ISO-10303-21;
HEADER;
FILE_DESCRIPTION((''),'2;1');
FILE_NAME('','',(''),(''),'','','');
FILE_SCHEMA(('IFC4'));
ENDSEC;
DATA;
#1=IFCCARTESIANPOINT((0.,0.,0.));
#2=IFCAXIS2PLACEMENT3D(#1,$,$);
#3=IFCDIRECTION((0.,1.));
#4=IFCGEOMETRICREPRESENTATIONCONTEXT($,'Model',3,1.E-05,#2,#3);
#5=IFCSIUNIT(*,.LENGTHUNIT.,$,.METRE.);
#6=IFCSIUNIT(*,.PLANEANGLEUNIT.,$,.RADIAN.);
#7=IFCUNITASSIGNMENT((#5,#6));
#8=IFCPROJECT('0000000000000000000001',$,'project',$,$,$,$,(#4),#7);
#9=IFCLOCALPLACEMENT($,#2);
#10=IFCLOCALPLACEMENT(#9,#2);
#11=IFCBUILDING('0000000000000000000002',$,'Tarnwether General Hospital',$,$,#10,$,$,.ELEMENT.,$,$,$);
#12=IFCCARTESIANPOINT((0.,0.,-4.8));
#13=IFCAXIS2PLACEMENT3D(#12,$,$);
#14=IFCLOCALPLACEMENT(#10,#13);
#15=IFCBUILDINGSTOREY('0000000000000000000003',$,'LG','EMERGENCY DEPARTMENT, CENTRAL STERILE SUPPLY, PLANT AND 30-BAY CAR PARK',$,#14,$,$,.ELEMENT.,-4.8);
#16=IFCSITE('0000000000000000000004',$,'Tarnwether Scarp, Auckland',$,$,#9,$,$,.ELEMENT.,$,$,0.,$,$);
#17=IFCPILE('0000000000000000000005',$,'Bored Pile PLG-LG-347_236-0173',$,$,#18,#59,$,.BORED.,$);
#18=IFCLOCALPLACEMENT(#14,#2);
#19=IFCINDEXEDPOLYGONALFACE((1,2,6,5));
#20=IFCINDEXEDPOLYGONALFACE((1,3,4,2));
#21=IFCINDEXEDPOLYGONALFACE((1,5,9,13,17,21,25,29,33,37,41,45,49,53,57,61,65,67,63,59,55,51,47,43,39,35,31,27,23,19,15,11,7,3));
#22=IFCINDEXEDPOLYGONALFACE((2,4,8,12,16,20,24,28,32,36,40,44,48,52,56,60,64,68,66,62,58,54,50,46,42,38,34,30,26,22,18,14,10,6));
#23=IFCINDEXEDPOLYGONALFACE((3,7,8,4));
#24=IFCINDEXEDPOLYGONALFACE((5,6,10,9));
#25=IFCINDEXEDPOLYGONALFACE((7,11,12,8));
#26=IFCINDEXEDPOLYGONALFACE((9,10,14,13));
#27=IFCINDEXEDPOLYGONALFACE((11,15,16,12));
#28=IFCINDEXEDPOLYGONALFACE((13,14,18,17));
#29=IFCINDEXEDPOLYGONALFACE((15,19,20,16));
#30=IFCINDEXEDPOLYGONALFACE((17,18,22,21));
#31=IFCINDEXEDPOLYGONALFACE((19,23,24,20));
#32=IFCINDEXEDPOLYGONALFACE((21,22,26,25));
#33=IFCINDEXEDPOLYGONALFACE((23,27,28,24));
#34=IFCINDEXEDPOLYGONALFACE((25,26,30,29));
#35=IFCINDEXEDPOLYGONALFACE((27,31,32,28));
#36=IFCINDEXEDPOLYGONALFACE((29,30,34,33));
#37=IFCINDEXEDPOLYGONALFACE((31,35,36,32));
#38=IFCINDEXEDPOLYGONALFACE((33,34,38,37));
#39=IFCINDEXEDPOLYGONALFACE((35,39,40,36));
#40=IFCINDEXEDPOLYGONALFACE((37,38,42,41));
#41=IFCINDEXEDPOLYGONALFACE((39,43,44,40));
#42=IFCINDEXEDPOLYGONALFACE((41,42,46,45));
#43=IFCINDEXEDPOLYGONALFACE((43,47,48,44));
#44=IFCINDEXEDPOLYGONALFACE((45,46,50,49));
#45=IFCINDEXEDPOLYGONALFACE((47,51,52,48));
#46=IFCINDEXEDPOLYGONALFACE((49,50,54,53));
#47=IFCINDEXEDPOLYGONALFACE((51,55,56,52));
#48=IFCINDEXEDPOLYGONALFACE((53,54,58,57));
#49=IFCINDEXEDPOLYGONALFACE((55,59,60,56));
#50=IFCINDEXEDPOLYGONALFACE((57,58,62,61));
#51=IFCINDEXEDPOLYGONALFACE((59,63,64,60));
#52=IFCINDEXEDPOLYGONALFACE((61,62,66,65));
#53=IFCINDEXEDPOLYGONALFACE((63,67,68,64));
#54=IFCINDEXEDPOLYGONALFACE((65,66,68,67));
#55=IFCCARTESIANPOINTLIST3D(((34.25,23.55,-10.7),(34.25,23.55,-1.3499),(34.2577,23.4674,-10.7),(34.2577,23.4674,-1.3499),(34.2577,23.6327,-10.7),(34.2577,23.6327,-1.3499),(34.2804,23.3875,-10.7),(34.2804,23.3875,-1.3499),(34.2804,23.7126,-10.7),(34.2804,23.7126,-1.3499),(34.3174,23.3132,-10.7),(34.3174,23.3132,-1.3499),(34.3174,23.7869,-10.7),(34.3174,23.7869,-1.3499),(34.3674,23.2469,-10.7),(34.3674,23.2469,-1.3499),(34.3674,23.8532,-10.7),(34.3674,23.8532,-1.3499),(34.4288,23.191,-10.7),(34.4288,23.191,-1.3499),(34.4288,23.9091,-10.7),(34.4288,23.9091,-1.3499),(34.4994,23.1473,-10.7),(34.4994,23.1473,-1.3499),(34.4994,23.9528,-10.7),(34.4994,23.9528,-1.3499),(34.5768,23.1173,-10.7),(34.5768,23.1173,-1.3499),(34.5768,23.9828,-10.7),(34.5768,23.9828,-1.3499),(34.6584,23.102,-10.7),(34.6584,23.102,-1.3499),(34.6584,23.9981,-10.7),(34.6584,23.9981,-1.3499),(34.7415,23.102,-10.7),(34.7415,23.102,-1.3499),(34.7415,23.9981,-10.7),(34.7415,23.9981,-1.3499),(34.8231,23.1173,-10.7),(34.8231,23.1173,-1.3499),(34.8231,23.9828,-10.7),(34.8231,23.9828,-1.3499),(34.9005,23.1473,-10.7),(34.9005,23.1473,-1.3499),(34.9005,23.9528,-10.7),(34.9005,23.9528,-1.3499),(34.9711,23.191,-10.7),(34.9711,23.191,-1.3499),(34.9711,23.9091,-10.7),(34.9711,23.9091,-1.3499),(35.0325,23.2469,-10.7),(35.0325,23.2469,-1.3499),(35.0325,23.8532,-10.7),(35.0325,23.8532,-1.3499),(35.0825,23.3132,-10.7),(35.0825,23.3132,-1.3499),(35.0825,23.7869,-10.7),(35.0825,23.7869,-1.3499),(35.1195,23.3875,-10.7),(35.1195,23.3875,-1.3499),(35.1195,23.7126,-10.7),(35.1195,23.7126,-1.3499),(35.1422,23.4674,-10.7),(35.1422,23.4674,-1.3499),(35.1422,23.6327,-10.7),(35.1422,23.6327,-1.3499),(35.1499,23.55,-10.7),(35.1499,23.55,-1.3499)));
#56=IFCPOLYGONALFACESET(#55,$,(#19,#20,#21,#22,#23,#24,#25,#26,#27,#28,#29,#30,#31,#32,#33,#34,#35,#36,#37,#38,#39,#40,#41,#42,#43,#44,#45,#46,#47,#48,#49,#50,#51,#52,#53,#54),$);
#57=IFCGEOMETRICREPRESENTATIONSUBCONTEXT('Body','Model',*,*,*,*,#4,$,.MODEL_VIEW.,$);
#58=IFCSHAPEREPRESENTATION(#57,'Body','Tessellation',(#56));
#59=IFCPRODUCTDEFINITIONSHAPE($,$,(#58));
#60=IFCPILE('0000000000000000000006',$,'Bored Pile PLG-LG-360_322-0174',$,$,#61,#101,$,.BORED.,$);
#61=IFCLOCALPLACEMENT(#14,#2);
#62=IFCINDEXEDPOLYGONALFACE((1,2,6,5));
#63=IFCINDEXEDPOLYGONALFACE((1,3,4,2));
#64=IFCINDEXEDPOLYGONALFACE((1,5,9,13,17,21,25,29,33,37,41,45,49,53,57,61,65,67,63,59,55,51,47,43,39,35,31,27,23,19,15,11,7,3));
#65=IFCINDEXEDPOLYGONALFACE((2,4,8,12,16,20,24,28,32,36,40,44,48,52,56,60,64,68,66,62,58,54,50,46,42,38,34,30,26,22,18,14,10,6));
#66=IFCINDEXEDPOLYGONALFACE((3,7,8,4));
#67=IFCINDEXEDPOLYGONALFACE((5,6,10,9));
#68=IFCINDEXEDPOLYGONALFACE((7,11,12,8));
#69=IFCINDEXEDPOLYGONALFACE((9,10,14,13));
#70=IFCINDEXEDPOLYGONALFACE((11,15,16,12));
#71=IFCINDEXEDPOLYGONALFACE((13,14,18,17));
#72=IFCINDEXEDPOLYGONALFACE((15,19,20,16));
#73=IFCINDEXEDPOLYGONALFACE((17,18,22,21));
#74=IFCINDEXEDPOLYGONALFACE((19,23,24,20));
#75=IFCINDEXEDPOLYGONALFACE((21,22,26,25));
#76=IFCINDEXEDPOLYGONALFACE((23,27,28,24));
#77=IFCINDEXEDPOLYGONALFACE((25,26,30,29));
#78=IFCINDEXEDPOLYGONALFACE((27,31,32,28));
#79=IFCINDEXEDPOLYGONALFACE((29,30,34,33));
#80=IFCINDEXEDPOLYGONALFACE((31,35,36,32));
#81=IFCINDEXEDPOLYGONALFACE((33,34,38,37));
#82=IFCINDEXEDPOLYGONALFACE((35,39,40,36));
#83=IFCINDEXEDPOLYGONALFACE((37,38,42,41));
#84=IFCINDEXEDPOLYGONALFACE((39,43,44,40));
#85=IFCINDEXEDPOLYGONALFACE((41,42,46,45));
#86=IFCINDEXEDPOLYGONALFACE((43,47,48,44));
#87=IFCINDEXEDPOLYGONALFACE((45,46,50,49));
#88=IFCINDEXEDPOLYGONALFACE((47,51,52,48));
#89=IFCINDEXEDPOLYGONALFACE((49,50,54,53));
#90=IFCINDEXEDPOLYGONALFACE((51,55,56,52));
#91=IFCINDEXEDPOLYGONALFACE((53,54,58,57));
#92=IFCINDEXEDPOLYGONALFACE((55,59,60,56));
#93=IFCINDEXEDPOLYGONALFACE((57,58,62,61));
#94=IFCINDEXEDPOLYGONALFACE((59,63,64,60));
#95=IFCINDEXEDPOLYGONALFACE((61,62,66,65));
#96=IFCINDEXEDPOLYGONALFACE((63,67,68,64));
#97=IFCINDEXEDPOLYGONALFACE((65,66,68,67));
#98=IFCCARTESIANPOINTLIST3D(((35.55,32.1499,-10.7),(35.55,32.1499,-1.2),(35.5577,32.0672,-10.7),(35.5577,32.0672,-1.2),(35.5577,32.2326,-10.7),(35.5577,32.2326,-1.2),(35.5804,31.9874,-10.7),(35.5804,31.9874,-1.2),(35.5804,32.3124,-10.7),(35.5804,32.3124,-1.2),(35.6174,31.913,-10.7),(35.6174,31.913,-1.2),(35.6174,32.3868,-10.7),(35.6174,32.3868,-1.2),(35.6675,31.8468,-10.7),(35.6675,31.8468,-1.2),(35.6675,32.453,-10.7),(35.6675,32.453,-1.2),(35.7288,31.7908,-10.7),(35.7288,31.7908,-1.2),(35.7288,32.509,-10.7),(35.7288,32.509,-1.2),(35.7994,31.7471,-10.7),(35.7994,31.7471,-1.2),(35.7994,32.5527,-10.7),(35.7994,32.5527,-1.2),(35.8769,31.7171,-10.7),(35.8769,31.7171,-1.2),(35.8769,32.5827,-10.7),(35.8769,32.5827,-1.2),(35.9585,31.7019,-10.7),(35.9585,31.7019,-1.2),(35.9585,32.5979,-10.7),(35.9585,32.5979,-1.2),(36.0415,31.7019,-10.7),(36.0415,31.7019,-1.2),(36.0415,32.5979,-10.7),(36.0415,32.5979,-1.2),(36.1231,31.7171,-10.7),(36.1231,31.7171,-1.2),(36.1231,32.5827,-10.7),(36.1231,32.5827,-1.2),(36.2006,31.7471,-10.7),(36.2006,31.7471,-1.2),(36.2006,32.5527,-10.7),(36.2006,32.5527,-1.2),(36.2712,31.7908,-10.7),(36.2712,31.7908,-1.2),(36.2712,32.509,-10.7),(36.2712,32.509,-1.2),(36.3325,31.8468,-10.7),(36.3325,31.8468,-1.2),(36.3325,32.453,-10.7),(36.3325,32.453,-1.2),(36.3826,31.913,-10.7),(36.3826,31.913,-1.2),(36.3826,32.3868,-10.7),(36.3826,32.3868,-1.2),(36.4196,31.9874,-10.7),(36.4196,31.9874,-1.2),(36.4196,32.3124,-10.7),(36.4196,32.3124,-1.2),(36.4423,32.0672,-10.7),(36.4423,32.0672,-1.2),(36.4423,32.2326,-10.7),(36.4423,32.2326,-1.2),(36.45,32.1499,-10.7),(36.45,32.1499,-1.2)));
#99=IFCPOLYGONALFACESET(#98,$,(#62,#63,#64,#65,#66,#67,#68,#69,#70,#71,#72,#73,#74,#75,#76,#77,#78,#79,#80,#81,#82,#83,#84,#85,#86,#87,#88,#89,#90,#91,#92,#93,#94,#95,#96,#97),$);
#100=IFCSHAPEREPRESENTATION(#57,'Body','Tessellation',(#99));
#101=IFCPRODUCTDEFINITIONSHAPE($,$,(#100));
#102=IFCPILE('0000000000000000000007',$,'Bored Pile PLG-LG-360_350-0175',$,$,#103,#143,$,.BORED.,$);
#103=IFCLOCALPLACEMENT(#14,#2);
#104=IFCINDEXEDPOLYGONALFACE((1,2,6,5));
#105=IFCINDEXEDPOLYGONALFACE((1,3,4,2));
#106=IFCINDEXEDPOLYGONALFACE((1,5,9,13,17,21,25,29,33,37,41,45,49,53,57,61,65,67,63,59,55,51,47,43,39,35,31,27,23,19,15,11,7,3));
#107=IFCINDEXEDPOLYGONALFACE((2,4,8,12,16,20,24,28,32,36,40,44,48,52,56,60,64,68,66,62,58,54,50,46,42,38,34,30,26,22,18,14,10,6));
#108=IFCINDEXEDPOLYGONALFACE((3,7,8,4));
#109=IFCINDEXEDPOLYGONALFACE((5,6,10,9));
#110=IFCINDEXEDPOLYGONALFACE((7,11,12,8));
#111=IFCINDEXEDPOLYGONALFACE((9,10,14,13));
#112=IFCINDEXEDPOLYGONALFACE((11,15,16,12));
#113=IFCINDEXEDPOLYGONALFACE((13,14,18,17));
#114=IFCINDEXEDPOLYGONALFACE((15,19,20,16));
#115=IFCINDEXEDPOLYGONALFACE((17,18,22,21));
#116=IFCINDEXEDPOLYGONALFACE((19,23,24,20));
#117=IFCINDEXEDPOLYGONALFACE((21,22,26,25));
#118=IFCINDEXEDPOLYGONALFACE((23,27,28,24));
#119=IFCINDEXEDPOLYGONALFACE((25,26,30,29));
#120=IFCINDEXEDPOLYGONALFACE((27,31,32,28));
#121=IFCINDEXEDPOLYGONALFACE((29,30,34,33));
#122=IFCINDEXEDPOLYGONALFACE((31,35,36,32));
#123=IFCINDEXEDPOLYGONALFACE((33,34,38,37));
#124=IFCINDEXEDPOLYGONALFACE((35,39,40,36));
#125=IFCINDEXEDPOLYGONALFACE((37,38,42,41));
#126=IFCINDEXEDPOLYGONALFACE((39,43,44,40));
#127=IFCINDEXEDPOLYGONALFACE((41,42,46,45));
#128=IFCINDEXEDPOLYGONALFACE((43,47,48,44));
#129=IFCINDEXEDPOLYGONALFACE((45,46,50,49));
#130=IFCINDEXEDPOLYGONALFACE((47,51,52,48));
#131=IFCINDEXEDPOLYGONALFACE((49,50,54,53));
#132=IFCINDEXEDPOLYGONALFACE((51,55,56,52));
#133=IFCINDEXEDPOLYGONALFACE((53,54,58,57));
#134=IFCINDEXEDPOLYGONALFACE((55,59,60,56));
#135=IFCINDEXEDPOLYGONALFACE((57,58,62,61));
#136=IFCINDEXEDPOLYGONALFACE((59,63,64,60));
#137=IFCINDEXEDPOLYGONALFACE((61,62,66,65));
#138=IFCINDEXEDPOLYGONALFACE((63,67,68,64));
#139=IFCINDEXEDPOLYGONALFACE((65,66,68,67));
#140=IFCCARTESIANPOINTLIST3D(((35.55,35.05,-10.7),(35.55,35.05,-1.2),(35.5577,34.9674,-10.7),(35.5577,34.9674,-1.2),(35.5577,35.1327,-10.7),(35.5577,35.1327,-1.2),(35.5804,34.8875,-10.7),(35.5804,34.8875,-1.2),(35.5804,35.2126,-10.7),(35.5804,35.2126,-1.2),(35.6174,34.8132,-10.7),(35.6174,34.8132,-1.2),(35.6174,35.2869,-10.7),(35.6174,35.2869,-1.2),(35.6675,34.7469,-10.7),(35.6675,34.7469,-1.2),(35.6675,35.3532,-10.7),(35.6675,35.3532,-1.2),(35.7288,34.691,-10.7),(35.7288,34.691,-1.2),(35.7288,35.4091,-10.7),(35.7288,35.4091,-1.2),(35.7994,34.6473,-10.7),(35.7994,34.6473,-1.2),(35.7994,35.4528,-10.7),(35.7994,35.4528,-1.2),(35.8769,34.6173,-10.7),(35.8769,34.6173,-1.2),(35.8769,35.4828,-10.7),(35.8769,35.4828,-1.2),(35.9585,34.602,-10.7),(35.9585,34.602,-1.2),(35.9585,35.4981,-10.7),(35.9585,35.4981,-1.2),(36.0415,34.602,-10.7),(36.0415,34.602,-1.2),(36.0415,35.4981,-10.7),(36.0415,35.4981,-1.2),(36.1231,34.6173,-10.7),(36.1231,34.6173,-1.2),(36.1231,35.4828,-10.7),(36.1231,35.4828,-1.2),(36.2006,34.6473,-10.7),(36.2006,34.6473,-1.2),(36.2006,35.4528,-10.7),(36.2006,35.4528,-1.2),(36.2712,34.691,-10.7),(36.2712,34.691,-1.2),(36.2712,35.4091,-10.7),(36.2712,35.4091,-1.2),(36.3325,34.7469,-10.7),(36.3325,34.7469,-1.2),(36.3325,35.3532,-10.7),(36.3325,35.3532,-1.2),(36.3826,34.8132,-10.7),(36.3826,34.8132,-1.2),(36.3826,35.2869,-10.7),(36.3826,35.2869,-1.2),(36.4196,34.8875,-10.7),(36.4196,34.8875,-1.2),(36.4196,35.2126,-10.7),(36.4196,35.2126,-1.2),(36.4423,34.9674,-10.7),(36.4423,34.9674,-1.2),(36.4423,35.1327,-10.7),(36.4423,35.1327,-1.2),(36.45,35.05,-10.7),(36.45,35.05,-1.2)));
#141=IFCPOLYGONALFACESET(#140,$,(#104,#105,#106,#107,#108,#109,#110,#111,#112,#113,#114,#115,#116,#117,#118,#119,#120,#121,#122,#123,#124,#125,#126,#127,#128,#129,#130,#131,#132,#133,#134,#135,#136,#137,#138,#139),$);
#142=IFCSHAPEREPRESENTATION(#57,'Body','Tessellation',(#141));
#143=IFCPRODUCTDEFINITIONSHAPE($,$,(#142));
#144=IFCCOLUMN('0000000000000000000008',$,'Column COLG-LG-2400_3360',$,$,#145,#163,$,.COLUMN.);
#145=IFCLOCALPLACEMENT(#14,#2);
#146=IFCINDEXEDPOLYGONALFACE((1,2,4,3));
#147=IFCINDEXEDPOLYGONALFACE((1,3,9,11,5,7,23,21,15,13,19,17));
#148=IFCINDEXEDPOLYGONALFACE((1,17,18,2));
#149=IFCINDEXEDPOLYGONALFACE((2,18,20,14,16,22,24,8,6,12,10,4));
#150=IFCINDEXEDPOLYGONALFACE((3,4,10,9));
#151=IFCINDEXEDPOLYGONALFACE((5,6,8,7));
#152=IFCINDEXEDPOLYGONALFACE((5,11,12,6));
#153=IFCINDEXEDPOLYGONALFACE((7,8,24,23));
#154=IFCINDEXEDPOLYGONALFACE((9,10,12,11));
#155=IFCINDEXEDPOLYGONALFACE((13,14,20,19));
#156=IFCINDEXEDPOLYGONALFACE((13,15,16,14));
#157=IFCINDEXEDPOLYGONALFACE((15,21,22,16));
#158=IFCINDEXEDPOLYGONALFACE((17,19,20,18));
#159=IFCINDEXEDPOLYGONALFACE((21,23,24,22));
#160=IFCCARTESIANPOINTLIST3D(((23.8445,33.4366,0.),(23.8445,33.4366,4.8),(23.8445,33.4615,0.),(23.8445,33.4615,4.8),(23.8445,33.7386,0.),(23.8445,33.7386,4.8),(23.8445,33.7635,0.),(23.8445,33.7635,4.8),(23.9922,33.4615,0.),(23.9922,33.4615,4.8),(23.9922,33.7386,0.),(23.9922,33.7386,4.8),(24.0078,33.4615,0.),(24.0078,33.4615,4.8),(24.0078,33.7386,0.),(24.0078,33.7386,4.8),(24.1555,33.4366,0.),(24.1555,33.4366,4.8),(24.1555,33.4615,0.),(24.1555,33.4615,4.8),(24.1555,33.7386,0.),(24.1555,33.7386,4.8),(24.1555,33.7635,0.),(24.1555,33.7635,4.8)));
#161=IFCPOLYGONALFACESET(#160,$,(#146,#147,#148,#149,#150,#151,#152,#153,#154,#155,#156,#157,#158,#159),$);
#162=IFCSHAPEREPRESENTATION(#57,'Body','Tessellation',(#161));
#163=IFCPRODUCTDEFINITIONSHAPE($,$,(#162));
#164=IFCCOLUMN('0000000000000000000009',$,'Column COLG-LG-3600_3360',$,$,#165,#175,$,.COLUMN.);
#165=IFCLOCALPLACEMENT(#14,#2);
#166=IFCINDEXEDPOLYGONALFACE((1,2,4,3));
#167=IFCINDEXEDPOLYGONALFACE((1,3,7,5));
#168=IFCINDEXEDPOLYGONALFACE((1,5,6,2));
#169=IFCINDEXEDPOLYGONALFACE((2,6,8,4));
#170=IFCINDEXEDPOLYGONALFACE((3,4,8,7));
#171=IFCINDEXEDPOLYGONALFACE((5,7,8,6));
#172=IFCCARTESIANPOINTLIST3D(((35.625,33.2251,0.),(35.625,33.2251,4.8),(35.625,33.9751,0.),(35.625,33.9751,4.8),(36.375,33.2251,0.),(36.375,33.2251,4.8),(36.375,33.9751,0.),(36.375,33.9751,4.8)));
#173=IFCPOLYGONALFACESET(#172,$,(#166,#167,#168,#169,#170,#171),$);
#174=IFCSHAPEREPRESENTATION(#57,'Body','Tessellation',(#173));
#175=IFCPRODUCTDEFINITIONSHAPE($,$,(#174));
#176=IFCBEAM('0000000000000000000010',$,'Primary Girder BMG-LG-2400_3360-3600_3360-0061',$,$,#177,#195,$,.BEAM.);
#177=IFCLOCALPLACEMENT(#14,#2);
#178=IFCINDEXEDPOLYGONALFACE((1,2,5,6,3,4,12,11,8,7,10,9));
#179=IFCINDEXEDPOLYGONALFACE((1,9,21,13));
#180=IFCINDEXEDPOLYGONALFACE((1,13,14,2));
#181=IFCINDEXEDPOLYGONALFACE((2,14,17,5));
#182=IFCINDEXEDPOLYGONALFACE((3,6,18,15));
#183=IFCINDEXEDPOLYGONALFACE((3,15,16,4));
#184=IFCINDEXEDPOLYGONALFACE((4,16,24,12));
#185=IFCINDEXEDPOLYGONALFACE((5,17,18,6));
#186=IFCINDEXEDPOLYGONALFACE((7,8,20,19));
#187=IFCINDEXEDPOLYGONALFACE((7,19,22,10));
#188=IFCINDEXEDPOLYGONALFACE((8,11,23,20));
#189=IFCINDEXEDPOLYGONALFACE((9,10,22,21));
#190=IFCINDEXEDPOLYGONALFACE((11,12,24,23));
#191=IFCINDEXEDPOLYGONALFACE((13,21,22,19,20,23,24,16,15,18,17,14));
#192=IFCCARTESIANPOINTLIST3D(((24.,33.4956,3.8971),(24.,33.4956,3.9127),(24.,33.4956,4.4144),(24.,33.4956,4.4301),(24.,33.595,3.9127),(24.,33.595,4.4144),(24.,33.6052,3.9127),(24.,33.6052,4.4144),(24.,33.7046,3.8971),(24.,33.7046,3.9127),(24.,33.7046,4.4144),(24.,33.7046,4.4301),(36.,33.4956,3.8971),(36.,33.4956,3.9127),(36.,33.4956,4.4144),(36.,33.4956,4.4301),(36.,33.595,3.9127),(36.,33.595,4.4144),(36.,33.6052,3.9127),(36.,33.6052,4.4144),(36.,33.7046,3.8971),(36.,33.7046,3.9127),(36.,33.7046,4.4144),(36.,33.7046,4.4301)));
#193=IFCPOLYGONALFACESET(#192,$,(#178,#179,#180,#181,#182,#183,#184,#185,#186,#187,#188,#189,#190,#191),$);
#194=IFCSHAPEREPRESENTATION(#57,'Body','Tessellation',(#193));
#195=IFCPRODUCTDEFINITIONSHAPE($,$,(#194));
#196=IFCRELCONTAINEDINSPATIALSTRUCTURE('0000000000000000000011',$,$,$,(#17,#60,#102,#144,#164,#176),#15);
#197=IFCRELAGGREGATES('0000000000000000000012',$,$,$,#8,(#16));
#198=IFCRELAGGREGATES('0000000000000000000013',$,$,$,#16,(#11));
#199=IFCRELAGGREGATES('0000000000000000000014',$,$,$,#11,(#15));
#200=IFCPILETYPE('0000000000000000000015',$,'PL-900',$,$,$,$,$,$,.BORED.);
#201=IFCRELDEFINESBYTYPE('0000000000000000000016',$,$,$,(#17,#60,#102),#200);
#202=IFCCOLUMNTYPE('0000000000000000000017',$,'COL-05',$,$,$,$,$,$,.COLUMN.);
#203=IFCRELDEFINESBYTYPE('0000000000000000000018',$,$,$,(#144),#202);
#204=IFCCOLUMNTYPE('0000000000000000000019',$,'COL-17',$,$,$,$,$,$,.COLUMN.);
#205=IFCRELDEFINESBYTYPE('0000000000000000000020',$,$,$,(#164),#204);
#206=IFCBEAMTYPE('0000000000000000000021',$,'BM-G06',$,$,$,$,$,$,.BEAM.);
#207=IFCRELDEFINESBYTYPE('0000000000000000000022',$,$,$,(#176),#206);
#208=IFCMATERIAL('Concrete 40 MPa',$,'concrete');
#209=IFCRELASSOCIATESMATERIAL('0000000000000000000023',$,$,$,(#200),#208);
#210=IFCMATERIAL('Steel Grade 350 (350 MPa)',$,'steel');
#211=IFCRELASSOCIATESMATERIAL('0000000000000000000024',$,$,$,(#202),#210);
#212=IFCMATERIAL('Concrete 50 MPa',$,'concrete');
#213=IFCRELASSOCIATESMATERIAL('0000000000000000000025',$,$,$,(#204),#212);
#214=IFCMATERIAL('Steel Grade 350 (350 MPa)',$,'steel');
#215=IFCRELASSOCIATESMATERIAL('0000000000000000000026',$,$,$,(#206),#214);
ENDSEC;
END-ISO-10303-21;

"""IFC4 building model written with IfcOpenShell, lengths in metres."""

from ifc_helpers import new_model, si_unit, direction, frame, origin, origin_2d, place, context, subcontext, project, spatial, rectangle, circle, i_section, extrude, material, material_profile, profile_set, type_object, element, save


model = new_model("IFC4")

# Units and contexts
model_context = context("Model", 3, precision=1e-05, world=origin(), true_north=direction((0.0, 1.0)))
body_context = subcontext(model_context, "Body", "Model", "MODEL_VIEW")
ifc_project = project(units=[si_unit("LENGTHUNIT", "METRE"), si_unit("PLANEANGLEUNIT", "RADIAN")], contexts=[model_context])

# Site, building, storey
site_placement = place(None, origin())
site = spatial("IfcSite", under=ifc_project, at=site_placement, Name="Tarnwether Scarp, Auckland", CompositionType="ELEMENT", RefElevation=0.0)
building_placement = place(site_placement, origin())
building = spatial("IfcBuilding", under=site, at=building_placement, Name="Tarnwether General Hospital", CompositionType="ELEMENT")
storey_placement = place(building_placement, frame((0.0, 0.0, -4.8)))
storey = spatial("IfcBuildingStorey", under=building, at=storey_placement, Name="LG", Description="EMERGENCY DEPARTMENT, CENTRAL STERILE SUPPLY, PLANT AND 30-BAY CAR PARK", CompositionType="ELEMENT", Elevation=-4.8)

# Piles
ifc_material_1 = material(Name="Concrete 40 MPa", Category="concrete")
ifc_material_profile_1 = material_profile(ifc_material_1, circle(Radius=0.45, at=origin_2d()), Name="PILE-D900")
ifc_profile_set_1 = profile_set([ifc_material_profile_1], Name="Concrete 40 MPa")
pile_type_1 = type_object("IfcPileType", Name="PL-900", PredefinedType="BORED", material=ifc_profile_set_1)
pile_1_placement = place(storey_placement, frame((34.7, 23.55, -1.3499), z_axis=(0.0, 0.0, -1.0), x_axis=(1.0, 0.0, 0.0)))
element("IfcPile", 1, at=pile_1_placement, inside=storey, type_object=pile_type_1, Name="Bored Pile PLG-LG-347_236-0173", PredefinedType="BORED", context=body_context, shape_type="SweptSolid", body=[
    extrude(circle(Radius=0.45, at=origin_2d()), origin(), (0.0, 0.0, 1.0), 9.3501),
])
for number, where, z_axis, x_axis, name in (
    (2, (36.0, 32.1499, -1.2), (0.0, 0.0, -1.0), (1.0, 0.0, 0.0), "Bored Pile PLG-LG-360_322-0174"),
    (3, (36.0, 35.05, -1.2), (0.0, 0.0, -1.0), (1.0, 0.0, 0.0), "Bored Pile PLG-LG-360_350-0175"),
):
    element("IfcPile", number, at=place(storey_placement, frame(where, z_axis=z_axis, x_axis=x_axis)), inside=storey, type_object=pile_type_1, Name=name, PredefinedType="BORED", context=body_context, shape_type="SweptSolid", body=[
        extrude(circle(Radius=0.45, at=origin_2d()), origin(), (0.0, 0.0, 1.0), 9.5),
    ])

# Columns
ifc_material_2 = material(Name="Steel Grade 350 (350 MPa)", Category="steel")
ifc_material_profile_2 = material_profile(ifc_material_2, i_section(OverallWidth=0.311, OverallDepth=0.3269, WebThickness=0.0156, FlangeThickness=0.0249, at=origin_2d()), Name="310UC158")
ifc_profile_set_2 = profile_set([ifc_material_profile_2], Name="Steel Grade 350 (350 MPa)")
column_type_1 = type_object("IfcColumnType", Name="COL-05", PredefinedType="COLUMN", material=ifc_profile_set_2)
column_1_placement = place(storey_placement, frame((24.0, 33.6001, 0.0), z_axis=(0.0, 0.0, 1.0), x_axis=(1.0, 0.0, 0.0)))
element("IfcColumn", 4, at=column_1_placement, inside=storey, type_object=column_type_1, Name="Column COLG-LG-2400_3360", PredefinedType="COLUMN", context=body_context, shape_type="SweptSolid", body=[
    extrude(i_section(OverallWidth=0.311, OverallDepth=0.3269, WebThickness=0.0156, FlangeThickness=0.0249, at=origin_2d()), origin(), (0.0, 0.0, 1.0), 4.8),
])
ifc_material_3 = material(Name="Concrete 50 MPa", Category="concrete")
ifc_material_profile_3 = material_profile(ifc_material_3, rectangle(XDim=0.75, YDim=0.75, at=origin_2d()), Name="RC-COL-750x750")
ifc_profile_set_3 = profile_set([ifc_material_profile_3], Name="Concrete 50 MPa")
column_type_2 = type_object("IfcColumnType", Name="COL-17", PredefinedType="COLUMN", material=ifc_profile_set_3)
column_2_placement = place(storey_placement, frame((36.0, 33.6001, 0.0), z_axis=(0.0, 0.0, 1.0), x_axis=(0.0, 1.0, 0.0)))
element("IfcColumn", 5, at=column_2_placement, inside=storey, type_object=column_type_2, Name="Column COLG-LG-3600_3360", PredefinedType="COLUMN", context=body_context, shape_type="SweptSolid", body=[
    extrude(rectangle(XDim=0.75, YDim=0.75, at=origin_2d()), origin(), (0.0, 0.0, 1.0), 4.8),
])

# Beam
ifc_material_4 = material(Name="Steel Grade 350 (350 MPa)", Category="steel")
ifc_material_profile_4 = material_profile(ifc_material_4, i_section(OverallWidth=0.209, OverallDepth=0.533, WebThickness=0.0103, FlangeThickness=0.0156, at=origin_2d()), Name="530UB92.4")
ifc_profile_set_4 = profile_set([ifc_material_profile_4], Name="Steel Grade 350 (350 MPa)")
beam_type_1 = type_object("IfcBeamType", Name="BM-G06", PredefinedType="BEAM", material=ifc_profile_set_4)
beam_1_placement = place(storey_placement, frame((24.0, 33.6001, 4.1636), z_axis=(1.0, 0.0, 0.0), x_axis=(0.0, 1.0, 0.0)))
element("IfcBeam", 6, at=beam_1_placement, inside=storey, type_object=beam_type_1, Name="Primary Girder BMG-LG-2400_3360-3600_3360-0061", PredefinedType="BEAM", context=body_context, shape_type="SweptSolid", body=[
    extrude(i_section(OverallWidth=0.209, OverallDepth=0.533, WebThickness=0.0103, FlangeThickness=0.0156, at=origin_2d()), origin(), (0.0, 0.0, 1.0), 12.0),
])

save(model, "model.ifc")
